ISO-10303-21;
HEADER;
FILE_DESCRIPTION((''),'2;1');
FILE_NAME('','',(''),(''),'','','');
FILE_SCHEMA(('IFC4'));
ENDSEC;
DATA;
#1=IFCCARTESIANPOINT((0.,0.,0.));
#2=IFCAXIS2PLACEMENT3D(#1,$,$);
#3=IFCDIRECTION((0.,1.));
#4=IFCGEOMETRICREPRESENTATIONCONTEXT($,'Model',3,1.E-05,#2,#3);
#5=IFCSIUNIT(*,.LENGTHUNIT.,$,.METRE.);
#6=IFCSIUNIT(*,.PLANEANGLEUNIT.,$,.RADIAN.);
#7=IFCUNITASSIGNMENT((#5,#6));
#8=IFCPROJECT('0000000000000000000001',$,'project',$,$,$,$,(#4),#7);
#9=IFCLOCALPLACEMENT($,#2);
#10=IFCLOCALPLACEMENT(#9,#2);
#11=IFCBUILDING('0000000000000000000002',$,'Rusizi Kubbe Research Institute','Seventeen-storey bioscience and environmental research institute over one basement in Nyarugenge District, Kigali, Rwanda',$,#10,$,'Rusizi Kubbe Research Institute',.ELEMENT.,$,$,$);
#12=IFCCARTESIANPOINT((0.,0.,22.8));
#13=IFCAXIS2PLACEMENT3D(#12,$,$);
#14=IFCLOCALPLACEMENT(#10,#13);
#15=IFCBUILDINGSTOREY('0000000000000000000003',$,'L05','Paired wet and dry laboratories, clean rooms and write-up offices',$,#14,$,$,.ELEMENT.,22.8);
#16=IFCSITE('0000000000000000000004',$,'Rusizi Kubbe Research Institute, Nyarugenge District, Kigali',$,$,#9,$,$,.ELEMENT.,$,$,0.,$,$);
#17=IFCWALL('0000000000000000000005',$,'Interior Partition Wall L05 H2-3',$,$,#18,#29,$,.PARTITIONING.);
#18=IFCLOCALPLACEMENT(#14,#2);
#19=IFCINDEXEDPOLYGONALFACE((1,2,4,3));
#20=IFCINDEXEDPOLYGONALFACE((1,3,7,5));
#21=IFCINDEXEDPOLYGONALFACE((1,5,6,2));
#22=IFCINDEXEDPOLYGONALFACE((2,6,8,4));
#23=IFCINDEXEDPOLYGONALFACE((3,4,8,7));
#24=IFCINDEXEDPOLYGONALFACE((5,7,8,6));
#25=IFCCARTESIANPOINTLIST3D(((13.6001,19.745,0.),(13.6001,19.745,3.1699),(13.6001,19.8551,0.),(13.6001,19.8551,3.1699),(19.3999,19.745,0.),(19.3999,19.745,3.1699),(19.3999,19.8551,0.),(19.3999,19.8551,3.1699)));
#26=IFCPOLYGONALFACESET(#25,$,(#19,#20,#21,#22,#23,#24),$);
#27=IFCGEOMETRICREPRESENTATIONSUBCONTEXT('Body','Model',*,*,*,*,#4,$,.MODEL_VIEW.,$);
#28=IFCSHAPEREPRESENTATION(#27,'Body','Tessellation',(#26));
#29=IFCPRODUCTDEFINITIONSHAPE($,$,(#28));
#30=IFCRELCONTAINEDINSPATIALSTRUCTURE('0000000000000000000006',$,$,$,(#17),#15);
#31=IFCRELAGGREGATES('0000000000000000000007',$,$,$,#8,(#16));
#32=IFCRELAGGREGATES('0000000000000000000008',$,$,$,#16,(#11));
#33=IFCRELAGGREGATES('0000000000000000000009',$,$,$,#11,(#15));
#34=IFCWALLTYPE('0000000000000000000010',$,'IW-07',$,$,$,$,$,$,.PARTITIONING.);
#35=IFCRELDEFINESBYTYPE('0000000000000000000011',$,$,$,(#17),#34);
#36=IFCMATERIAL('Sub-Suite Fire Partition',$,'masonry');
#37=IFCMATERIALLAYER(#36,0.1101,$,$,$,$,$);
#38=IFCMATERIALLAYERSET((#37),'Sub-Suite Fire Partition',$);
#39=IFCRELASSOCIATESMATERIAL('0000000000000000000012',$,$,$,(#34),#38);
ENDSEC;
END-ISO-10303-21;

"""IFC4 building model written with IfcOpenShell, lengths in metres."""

from ifc_helpers import new_model, si_unit, direction, frame, frame_2d, origin, place, context, subcontext, project, spatial, rectangle, extrude, material, layer, layer_set, type_object, element, save


model = new_model("IFC4")

# Units and contexts
model_context = context("Model", 3, precision=1e-05, world=origin(), true_north=direction((0.0, 1.0)))
body_context = subcontext(model_context, "Body", "Model", "MODEL_VIEW")
ifc_project = project(units=[si_unit("LENGTHUNIT", "METRE"), si_unit("PLANEANGLEUNIT", "RADIAN")], contexts=[model_context])

# Site, building, storey
site_placement = place(None, origin())
site = spatial("IfcSite", under=ifc_project, at=site_placement, Name="Rusizi Kubbe Research Institute, Nyarugenge District, Kigali", CompositionType="ELEMENT", RefElevation=0.0)
building_placement = place(site_placement, origin())
building = spatial("IfcBuilding", under=site, at=building_placement, Name="Rusizi Kubbe Research Institute", Description="Seventeen-storey bioscience and environmental research institute over one basement in Nyarugenge District, Kigali, Rwanda", LongName="Rusizi Kubbe Research Institute", CompositionType="ELEMENT")
storey_placement = place(building_placement, frame((0.0, 0.0, 22.8)))
storey = spatial("IfcBuildingStorey", under=building, at=storey_placement, Name="L05", Description="Paired wet and dry laboratories, clean rooms and write-up offices", CompositionType="ELEMENT", Elevation=22.8)

# Wall
ifc_material_1 = material(Name="Sub-Suite Fire Partition", Category="masonry")
ifc_layer_1 = layer(ifc_material_1, 0.1101)
ifc_layer_set_1 = layer_set([ifc_layer_1], Name="Sub-Suite Fire Partition")
wall_type_1 = type_object("IfcWallType", Name="IW-07", PredefinedType="PARTITIONING", material=ifc_layer_set_1)
wall_1_placement = place(storey_placement, frame((13.6001, 19.8, 0.0), z_axis=(0.0, 0.0, 1.0), x_axis=(1.0, 0.0, 0.0)))
element("IfcWall", 1, at=wall_1_placement, inside=storey, type_object=wall_type_1, Name="Interior Partition Wall L05 H2-3", PredefinedType="PARTITIONING", context=body_context, shape_type="SweptSolid", body=[
    extrude(rectangle(XDim=5.7998, YDim=0.1101, at=frame_2d((2.8999, 0.0))), origin(), (0.0, 0.0, 1.0), 3.1699),
])

save(model, "model.ifc")
